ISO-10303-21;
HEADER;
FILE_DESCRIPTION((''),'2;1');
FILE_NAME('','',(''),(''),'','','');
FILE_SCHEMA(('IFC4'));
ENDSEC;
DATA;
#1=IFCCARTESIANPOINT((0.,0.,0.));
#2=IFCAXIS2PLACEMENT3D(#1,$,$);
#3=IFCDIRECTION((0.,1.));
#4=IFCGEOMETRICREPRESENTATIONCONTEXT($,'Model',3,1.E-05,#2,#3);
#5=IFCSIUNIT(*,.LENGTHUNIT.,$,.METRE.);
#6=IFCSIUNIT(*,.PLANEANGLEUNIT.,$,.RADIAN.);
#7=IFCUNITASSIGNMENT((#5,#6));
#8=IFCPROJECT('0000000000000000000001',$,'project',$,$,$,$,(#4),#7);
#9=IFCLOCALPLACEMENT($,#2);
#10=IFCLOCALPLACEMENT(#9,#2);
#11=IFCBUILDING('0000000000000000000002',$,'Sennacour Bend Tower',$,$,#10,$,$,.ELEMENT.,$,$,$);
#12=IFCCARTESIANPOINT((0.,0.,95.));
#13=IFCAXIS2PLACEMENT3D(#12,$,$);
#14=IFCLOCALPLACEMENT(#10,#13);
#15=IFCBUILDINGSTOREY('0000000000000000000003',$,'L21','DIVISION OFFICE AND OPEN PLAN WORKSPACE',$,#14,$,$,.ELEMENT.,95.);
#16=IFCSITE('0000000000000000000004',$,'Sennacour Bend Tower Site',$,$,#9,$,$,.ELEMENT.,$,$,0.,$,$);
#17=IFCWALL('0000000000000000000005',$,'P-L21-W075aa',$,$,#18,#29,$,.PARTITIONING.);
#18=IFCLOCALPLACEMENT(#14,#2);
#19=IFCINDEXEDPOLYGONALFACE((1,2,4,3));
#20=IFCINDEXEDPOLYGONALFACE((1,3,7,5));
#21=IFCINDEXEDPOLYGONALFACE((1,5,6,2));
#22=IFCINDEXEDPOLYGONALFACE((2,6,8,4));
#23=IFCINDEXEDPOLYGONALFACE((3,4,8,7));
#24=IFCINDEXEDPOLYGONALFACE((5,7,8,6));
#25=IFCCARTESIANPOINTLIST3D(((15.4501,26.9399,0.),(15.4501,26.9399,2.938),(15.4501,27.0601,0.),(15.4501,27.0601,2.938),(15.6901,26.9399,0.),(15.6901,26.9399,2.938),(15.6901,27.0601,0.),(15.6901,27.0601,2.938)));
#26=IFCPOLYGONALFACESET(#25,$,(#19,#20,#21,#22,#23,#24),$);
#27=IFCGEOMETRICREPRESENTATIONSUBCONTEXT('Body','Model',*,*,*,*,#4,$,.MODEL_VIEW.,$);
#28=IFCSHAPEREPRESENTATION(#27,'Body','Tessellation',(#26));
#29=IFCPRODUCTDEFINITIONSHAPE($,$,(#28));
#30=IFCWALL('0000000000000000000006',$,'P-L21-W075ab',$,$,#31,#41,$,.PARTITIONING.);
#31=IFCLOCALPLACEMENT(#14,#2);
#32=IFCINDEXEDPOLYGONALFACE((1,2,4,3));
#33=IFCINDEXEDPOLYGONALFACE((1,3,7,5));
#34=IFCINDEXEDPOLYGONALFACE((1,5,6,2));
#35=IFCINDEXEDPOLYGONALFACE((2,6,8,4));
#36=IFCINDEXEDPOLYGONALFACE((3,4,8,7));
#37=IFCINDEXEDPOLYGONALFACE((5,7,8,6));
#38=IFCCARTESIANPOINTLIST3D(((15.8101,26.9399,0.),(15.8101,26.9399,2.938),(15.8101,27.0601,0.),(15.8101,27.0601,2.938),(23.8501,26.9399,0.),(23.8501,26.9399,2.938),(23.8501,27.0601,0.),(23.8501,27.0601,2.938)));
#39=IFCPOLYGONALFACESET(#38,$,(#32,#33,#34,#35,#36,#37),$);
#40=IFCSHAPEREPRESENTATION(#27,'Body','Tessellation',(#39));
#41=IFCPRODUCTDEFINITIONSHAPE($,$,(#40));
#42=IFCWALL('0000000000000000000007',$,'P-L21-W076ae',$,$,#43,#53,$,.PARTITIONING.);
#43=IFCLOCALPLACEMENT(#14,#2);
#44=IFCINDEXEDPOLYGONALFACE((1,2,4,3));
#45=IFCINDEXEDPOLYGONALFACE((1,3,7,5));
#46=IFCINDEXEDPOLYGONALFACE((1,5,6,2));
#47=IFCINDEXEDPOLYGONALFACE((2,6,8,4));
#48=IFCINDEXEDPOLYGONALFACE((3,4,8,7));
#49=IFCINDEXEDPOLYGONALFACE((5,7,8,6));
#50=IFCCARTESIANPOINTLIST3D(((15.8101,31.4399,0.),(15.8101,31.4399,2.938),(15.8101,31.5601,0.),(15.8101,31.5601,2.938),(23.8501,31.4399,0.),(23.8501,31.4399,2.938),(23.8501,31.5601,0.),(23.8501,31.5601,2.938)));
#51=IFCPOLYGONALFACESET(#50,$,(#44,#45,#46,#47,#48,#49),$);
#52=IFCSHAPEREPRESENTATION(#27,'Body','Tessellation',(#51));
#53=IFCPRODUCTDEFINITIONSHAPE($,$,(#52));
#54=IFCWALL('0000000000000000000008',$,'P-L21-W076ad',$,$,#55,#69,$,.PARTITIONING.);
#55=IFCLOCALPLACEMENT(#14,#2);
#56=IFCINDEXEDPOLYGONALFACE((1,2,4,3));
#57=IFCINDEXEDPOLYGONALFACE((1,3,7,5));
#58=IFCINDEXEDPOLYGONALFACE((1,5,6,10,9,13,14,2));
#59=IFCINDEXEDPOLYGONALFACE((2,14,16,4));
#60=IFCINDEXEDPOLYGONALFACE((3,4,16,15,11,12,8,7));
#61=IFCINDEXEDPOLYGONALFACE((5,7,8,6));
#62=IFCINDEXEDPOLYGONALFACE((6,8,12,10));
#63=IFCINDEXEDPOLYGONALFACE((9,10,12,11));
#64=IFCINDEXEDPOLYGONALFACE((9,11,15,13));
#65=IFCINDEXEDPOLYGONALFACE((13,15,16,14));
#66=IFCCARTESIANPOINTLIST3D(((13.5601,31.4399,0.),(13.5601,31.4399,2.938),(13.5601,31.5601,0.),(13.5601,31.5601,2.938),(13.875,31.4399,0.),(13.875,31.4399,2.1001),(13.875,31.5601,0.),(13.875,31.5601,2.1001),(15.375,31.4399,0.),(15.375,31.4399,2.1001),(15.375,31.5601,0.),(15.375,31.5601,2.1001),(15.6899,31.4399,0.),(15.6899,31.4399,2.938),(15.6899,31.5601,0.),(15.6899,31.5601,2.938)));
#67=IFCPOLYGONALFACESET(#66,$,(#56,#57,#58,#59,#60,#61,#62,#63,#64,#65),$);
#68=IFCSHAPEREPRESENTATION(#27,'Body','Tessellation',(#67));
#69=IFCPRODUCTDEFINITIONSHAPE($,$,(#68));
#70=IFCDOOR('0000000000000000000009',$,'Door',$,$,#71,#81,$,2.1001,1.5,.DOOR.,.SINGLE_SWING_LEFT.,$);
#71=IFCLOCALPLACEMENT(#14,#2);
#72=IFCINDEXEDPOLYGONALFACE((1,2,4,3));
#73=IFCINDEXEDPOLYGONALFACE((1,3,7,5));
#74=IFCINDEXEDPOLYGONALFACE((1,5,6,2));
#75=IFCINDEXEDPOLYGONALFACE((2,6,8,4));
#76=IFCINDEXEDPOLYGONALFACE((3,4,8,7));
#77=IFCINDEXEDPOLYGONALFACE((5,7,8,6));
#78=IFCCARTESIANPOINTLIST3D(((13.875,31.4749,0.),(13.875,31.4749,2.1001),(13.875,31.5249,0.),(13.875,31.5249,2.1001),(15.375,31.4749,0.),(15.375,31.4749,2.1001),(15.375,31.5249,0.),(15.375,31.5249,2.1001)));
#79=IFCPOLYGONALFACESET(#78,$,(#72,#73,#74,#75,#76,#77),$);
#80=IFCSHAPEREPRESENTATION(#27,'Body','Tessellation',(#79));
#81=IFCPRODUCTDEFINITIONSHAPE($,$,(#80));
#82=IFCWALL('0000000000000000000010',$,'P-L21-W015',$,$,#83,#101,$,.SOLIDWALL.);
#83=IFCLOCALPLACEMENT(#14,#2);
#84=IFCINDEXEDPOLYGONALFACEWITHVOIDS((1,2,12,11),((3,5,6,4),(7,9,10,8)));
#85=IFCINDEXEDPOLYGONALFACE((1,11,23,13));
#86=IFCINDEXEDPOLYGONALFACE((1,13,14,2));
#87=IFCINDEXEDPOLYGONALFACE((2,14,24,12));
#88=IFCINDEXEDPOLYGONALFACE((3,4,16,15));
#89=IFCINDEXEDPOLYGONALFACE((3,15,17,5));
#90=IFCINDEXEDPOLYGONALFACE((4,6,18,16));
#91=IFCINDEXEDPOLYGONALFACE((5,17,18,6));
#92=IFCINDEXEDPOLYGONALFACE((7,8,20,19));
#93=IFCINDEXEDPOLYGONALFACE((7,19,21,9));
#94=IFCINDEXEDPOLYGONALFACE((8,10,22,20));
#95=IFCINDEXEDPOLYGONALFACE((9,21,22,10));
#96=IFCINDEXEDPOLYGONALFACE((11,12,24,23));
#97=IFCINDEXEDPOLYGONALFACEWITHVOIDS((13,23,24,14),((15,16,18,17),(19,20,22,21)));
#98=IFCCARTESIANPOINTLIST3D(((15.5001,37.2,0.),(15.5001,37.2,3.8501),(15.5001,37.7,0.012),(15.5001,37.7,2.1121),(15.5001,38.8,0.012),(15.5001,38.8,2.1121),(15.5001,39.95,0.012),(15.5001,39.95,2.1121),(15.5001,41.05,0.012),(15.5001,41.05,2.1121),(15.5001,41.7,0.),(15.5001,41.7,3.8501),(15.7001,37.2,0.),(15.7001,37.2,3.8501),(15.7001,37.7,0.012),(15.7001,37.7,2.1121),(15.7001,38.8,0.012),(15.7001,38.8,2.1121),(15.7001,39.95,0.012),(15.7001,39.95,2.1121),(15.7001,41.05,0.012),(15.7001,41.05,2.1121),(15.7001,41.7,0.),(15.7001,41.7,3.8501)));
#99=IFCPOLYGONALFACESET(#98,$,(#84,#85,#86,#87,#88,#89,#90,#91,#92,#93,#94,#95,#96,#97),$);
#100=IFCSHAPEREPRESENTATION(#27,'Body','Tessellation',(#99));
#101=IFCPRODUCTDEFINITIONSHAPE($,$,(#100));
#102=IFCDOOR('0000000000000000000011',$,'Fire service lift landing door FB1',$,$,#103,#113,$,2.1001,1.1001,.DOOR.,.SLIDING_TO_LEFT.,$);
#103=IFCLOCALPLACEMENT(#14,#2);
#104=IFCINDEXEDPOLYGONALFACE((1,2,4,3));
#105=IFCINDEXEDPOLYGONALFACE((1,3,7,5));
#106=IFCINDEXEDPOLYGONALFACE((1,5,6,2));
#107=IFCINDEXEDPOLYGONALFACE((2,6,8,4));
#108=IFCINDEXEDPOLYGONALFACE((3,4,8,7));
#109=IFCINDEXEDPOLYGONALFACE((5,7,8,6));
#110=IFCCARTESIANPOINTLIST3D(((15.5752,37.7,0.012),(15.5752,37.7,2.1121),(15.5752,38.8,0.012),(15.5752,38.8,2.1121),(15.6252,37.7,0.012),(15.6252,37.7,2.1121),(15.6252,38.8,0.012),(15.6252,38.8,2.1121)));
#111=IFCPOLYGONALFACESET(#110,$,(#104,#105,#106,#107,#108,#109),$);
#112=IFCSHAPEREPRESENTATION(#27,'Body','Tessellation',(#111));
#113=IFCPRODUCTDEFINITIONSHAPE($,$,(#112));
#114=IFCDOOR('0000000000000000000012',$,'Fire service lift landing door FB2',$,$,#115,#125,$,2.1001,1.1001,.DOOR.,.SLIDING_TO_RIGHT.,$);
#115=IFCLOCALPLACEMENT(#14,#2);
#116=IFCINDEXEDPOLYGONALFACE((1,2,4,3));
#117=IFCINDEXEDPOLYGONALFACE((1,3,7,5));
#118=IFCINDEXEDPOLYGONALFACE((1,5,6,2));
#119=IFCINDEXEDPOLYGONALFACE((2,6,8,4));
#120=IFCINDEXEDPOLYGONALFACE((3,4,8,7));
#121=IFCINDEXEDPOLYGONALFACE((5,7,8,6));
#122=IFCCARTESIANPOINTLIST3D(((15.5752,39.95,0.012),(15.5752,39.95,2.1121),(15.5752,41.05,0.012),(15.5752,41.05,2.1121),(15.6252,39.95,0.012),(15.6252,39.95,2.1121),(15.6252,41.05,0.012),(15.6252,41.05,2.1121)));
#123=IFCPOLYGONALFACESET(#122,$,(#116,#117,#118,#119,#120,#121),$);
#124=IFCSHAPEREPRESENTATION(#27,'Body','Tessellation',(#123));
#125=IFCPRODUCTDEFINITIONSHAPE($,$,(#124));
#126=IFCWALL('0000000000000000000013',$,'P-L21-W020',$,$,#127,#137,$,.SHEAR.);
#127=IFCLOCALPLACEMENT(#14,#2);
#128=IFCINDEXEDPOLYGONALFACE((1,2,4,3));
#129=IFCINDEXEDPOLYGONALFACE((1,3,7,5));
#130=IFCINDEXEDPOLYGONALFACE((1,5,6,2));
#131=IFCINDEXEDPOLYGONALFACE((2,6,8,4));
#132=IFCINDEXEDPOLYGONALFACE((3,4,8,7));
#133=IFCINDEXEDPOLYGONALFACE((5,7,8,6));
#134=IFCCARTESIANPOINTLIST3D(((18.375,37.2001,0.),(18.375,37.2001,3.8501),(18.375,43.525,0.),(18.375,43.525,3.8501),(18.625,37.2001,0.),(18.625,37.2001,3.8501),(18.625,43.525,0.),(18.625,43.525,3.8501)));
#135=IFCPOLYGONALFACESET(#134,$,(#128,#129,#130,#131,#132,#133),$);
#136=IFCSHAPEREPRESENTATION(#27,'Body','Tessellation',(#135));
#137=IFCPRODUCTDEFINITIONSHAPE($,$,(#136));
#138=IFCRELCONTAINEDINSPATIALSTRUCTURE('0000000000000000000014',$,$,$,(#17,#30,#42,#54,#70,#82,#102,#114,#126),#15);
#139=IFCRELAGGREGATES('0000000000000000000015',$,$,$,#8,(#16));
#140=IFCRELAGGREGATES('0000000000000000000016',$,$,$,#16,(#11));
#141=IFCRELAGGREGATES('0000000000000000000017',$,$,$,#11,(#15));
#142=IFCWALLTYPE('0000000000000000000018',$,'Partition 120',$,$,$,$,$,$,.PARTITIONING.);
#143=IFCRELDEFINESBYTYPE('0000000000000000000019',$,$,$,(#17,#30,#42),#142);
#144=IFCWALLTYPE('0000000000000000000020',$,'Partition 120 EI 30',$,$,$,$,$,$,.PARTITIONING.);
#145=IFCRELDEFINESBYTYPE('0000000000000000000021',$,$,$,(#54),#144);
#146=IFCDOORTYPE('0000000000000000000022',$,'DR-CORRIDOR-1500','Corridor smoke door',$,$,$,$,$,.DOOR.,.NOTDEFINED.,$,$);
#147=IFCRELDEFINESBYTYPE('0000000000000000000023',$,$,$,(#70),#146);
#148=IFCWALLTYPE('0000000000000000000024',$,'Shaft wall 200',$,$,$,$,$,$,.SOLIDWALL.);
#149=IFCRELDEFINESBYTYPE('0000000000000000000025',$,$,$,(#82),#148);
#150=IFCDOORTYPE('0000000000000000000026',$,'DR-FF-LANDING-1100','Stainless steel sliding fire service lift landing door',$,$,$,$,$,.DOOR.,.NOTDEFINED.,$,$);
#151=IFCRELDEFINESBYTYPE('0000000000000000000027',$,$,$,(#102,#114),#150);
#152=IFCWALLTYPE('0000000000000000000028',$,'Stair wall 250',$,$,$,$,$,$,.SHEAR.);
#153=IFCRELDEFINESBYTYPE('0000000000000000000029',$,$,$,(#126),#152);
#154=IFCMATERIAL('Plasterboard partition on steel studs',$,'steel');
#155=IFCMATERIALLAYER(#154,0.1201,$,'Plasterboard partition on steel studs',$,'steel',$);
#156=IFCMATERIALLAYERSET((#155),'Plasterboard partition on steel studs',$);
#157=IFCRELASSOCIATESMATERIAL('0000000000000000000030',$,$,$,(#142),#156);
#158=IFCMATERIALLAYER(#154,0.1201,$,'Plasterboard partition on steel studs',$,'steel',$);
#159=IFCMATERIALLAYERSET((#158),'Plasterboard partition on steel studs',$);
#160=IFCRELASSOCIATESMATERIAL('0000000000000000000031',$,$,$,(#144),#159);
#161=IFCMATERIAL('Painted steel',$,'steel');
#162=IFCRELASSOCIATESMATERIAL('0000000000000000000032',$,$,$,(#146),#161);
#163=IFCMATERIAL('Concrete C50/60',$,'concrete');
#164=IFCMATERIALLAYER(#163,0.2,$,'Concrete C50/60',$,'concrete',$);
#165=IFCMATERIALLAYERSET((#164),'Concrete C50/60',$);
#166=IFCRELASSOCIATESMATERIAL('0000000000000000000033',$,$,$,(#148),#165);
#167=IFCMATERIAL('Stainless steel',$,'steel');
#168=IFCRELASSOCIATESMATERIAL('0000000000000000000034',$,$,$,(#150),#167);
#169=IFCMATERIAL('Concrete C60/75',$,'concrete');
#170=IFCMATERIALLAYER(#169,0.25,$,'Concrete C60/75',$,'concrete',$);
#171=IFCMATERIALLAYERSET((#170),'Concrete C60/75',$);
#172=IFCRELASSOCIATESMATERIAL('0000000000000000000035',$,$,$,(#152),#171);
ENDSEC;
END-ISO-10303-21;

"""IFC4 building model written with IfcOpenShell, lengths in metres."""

from ifc_helpers import new_model, si_unit, direction, frame, frame_2d, origin, place, context, subcontext, project, spatial, rectangle, extrude, material, layer, layer_set, type_object, element, fill, save


model = new_model("IFC4")

# Units and contexts
model_context = context("Model", 3, precision=1e-05, world=origin(), true_north=direction((0.0, 1.0)))
body_context = subcontext(model_context, "Body", "Model", "MODEL_VIEW")
ifc_project = project(units=[si_unit("LENGTHUNIT", "METRE"), si_unit("PLANEANGLEUNIT", "RADIAN")], contexts=[model_context])

# Site, building, storey
site_placement = place(None, origin())
site = spatial("IfcSite", under=ifc_project, at=site_placement, Name="Sennacour Bend Tower Site", CompositionType="ELEMENT", RefElevation=0.0)
building_placement = place(site_placement, origin())
building = spatial("IfcBuilding", under=site, at=building_placement, Name="Sennacour Bend Tower", CompositionType="ELEMENT")
storey_placement = place(building_placement, frame((0.0, 0.0, 95.0)))
storey = spatial("IfcBuildingStorey", under=building, at=storey_placement, Name="L21", Description="DIVISION OFFICE AND OPEN PLAN WORKSPACE", CompositionType="ELEMENT", Elevation=95.0)

# Walls
ifc_material_1 = material(Name="Plasterboard partition on steel studs", Category="steel")
ifc_layer_1 = layer(ifc_material_1, 0.1201, Name="Plasterboard partition on steel studs", Category="steel")
ifc_layer_set_1 = layer_set([ifc_layer_1], Name="Plasterboard partition on steel studs")
wall_type_1 = type_object("IfcWallType", Name="Partition 120", PredefinedType="PARTITIONING", material=ifc_layer_set_1)
for number, where, z_axis, x_axis, name in (
    (1, (15.45, 27.0, 0.0), (0.0, 0.0, 1.0), (1.0, 0.0, 0.0), "P-L21-W075aa"),
):
    element("IfcWall", number, at=place(storey_placement, frame(where, z_axis=z_axis, x_axis=x_axis)), inside=storey, type_object=wall_type_1, Name=name, PredefinedType="PARTITIONING", context=body_context, shape_type="SweptSolid", body=[
        extrude(rectangle(XDim=0.24, YDim=0.1201, at=frame_2d((0.1201, 0.0))), origin(), (0.0, 0.0, 1.0), 2.938),
    ])
for number, where, z_axis, x_axis, name in (
    (2, (15.8101, 27.0, 0.0), (0.0, 0.0, 1.0), (1.0, 0.0, 0.0), "P-L21-W075ab"),
    (3, (15.8101, 31.5, 0.0), (0.0, 0.0, 1.0), (1.0, 0.0, 0.0), "P-L21-W076ae"),
):
    element("IfcWall", number, at=place(storey_placement, frame(where, z_axis=z_axis, x_axis=x_axis)), inside=storey, type_object=wall_type_1, Name=name, PredefinedType="PARTITIONING", context=body_context, shape_type="SweptSolid", body=[
        extrude(rectangle(XDim=8.04, YDim=0.1201, at=frame_2d((4.02, 0.0))), origin(), (0.0, 0.0, 1.0), 2.938),
    ])

# Wall, opening, door
ifc_layer_2 = layer(ifc_material_1, 0.1201, Name="Plasterboard partition on steel studs", Category="steel")
ifc_layer_set_2 = layer_set([ifc_layer_2], Name="Plasterboard partition on steel studs")
wall_type_2 = type_object("IfcWallType", Name="Partition 120 EI 30", PredefinedType="PARTITIONING", material=ifc_layer_set_2)
wall_1_placement = place(storey_placement, frame((13.5601, 31.5, 0.0), z_axis=(0.0, 0.0, 1.0), x_axis=(1.0, 0.0, 0.0)))
wall_1 = element("IfcWall", 4, at=wall_1_placement, inside=storey, type_object=wall_type_2, Name="P-L21-W076ad", PredefinedType="PARTITIONING", context=body_context, shape_type="SweptSolid", body=[
    extrude(rectangle(XDim=2.1299, YDim=0.1201, at=frame_2d((1.0649, 0.0))), origin(), (0.0, 0.0, 1.0), 2.938),
])
opening_1_placement = place(wall_1_placement, frame((0.3149, 0.0, 0.0)))
opening_1 = element("IfcOpeningElement", 5, at=opening_1_placement, cuts=wall_1, PredefinedType="OPENING", context=body_context, shape_type="SweptSolid", body=[
    extrude(rectangle(XDim=1.5, YDim=2.1001, at=frame_2d((0.75, 1.05))), frame((0.0, 0.0701, 0.0), z_axis=(0.0, -1.0, 0.0), x_axis=(1.0, 0.0, 0.0)), (0.0, 0.0, 1.0), 0.1401),
])
ifc_material_2 = material(Name="Painted steel", Category="steel")
door_type_1 = type_object("IfcDoorType", Name="DR-CORRIDOR-1500", Description="Corridor smoke door", OperationType="NOTDEFINED", PredefinedType="DOOR", material=ifc_material_2)
door_1_placement = place(opening_1_placement, origin())
door_1 = element("IfcDoor", 6, at=door_1_placement, inside=storey, type_object=door_type_1, Name="Door", OperationType="SINGLE_SWING_LEFT", OverallHeight=2.1001, OverallWidth=1.5, PredefinedType="DOOR", context=body_context, shape_type="SweptSolid", body=[
    extrude(rectangle(XDim=1.5, YDim=2.1001, at=frame_2d((0.75, 1.05))), frame((0.0, 0.0249, 0.0), z_axis=(0.0, -1.0, 0.0), x_axis=(1.0, 0.0, 0.0)), (0.0, 0.0, 1.0), 0.05),
])
fill(opening_1, door_1)

# Wall, openings, doors
ifc_material_3 = material(Name="Concrete C50/60", Category="concrete")
ifc_layer_3 = layer(ifc_material_3, 0.2, Name="Concrete C50/60", Category="concrete")
ifc_layer_set_3 = layer_set([ifc_layer_3], Name="Concrete C50/60")
wall_type_3 = type_object("IfcWallType", Name="Shaft wall 200", PredefinedType="SOLIDWALL", material=ifc_layer_set_3)
wall_2_placement = place(storey_placement, frame((15.6001, 37.2, 0.0), z_axis=(0.0, 0.0, 1.0), x_axis=(0.0, 1.0, 0.0)))
wall_2 = element("IfcWall", 7, at=wall_2_placement, inside=storey, type_object=wall_type_3, Name="P-L21-W015", PredefinedType="SOLIDWALL", context=body_context, shape_type="SweptSolid", body=[
    extrude(rectangle(XDim=4.5, YDim=0.2, at=frame_2d((2.25, 0.0))), origin(), (0.0, 0.0, 1.0), 3.8501),
])
opening_2_placement = place(wall_2_placement, frame((0.5, 0.0, 0.012)))
opening_2 = element("IfcOpeningElement", 8, at=opening_2_placement, cuts=wall_2, PredefinedType="OPENING", context=body_context, shape_type="SweptSolid", body=[
    extrude(rectangle(XDim=1.1001, YDim=2.1001, at=frame_2d((0.55, 1.05))), frame((0.0, 0.1099, 0.0), z_axis=(0.0, -1.0, 0.0), x_axis=(1.0, 0.0, 0.0)), (0.0, 0.0, 1.0), 0.22),
])
opening_3_placement = place(wall_2_placement, frame((2.75, 0.0, 0.012)))
opening_3 = element("IfcOpeningElement", 9, at=opening_3_placement, cuts=wall_2, PredefinedType="OPENING", context=body_context, shape_type="SweptSolid", body=[
    extrude(rectangle(XDim=1.1001, YDim=2.1001, at=frame_2d((0.55, 1.05))), frame((0.0, 0.1099, 0.0), z_axis=(0.0, -1.0, 0.0), x_axis=(1.0, 0.0, 0.0)), (0.0, 0.0, 1.0), 0.22),
])
ifc_material_4 = material(Name="Stainless steel", Category="steel")
door_type_2 = type_object("IfcDoorType", Name="DR-FF-LANDING-1100", Description="Stainless steel sliding fire service lift landing door", OperationType="NOTDEFINED", PredefinedType="DOOR", material=ifc_material_4)
door_2_placement = place(opening_2_placement, origin())
door_2 = element("IfcDoor", 10, at=door_2_placement, inside=storey, type_object=door_type_2, Name="Fire service lift landing door FB1", OperationType="SLIDING_TO_LEFT", OverallHeight=2.1001, OverallWidth=1.1001, PredefinedType="DOOR", context=body_context, shape_type="SweptSolid", body=[
    extrude(rectangle(XDim=1.1001, YDim=2.1001, at=frame_2d((0.55, 1.05))), frame((0.0, 0.0249, 0.0), z_axis=(0.0, -1.0, 0.0), x_axis=(1.0, 0.0, 0.0)), (0.0, 0.0, 1.0), 0.05),
])
fill(opening_2, door_2)
door_3_placement = place(opening_3_placement, origin())
door_3 = element("IfcDoor", 11, at=door_3_placement, inside=storey, type_object=door_type_2, Name="Fire service lift landing door FB2", OperationType="SLIDING_TO_RIGHT", OverallHeight=2.1001, OverallWidth=1.1001, PredefinedType="DOOR", context=body_context, shape_type="SweptSolid", body=[
    extrude(rectangle(XDim=1.1001, YDim=2.1001, at=frame_2d((0.55, 1.05))), frame((0.0, 0.0249, 0.0), z_axis=(0.0, -1.0, 0.0), x_axis=(1.0, 0.0, 0.0)), (0.0, 0.0, 1.0), 0.05),
])
fill(opening_3, door_3)

# Wall
ifc_material_5 = material(Name="Concrete C60/75", Category="concrete")
ifc_layer_4 = layer(ifc_material_5, 0.25, Name="Concrete C60/75", Category="concrete")
ifc_layer_set_4 = layer_set([ifc_layer_4], Name="Concrete C60/75")
wall_type_4 = type_object("IfcWallType", Name="Stair wall 250", PredefinedType="SHEAR", material=ifc_layer_set_4)
wall_3_placement = place(storey_placement, frame((18.5, 37.2, 0.0), z_axis=(0.0, 0.0, 1.0), x_axis=(0.0, 1.0, 0.0)))
element("IfcWall", 12, at=wall_3_placement, inside=storey, type_object=wall_type_4, Name="P-L21-W020", PredefinedType="SHEAR", context=body_context, shape_type="SweptSolid", body=[
    extrude(rectangle(XDim=6.325, YDim=0.25, at=frame_2d((3.1626, 0.0))), origin(), (0.0, 0.0, 1.0), 3.8501),
])

save(model, "model.ifc")
